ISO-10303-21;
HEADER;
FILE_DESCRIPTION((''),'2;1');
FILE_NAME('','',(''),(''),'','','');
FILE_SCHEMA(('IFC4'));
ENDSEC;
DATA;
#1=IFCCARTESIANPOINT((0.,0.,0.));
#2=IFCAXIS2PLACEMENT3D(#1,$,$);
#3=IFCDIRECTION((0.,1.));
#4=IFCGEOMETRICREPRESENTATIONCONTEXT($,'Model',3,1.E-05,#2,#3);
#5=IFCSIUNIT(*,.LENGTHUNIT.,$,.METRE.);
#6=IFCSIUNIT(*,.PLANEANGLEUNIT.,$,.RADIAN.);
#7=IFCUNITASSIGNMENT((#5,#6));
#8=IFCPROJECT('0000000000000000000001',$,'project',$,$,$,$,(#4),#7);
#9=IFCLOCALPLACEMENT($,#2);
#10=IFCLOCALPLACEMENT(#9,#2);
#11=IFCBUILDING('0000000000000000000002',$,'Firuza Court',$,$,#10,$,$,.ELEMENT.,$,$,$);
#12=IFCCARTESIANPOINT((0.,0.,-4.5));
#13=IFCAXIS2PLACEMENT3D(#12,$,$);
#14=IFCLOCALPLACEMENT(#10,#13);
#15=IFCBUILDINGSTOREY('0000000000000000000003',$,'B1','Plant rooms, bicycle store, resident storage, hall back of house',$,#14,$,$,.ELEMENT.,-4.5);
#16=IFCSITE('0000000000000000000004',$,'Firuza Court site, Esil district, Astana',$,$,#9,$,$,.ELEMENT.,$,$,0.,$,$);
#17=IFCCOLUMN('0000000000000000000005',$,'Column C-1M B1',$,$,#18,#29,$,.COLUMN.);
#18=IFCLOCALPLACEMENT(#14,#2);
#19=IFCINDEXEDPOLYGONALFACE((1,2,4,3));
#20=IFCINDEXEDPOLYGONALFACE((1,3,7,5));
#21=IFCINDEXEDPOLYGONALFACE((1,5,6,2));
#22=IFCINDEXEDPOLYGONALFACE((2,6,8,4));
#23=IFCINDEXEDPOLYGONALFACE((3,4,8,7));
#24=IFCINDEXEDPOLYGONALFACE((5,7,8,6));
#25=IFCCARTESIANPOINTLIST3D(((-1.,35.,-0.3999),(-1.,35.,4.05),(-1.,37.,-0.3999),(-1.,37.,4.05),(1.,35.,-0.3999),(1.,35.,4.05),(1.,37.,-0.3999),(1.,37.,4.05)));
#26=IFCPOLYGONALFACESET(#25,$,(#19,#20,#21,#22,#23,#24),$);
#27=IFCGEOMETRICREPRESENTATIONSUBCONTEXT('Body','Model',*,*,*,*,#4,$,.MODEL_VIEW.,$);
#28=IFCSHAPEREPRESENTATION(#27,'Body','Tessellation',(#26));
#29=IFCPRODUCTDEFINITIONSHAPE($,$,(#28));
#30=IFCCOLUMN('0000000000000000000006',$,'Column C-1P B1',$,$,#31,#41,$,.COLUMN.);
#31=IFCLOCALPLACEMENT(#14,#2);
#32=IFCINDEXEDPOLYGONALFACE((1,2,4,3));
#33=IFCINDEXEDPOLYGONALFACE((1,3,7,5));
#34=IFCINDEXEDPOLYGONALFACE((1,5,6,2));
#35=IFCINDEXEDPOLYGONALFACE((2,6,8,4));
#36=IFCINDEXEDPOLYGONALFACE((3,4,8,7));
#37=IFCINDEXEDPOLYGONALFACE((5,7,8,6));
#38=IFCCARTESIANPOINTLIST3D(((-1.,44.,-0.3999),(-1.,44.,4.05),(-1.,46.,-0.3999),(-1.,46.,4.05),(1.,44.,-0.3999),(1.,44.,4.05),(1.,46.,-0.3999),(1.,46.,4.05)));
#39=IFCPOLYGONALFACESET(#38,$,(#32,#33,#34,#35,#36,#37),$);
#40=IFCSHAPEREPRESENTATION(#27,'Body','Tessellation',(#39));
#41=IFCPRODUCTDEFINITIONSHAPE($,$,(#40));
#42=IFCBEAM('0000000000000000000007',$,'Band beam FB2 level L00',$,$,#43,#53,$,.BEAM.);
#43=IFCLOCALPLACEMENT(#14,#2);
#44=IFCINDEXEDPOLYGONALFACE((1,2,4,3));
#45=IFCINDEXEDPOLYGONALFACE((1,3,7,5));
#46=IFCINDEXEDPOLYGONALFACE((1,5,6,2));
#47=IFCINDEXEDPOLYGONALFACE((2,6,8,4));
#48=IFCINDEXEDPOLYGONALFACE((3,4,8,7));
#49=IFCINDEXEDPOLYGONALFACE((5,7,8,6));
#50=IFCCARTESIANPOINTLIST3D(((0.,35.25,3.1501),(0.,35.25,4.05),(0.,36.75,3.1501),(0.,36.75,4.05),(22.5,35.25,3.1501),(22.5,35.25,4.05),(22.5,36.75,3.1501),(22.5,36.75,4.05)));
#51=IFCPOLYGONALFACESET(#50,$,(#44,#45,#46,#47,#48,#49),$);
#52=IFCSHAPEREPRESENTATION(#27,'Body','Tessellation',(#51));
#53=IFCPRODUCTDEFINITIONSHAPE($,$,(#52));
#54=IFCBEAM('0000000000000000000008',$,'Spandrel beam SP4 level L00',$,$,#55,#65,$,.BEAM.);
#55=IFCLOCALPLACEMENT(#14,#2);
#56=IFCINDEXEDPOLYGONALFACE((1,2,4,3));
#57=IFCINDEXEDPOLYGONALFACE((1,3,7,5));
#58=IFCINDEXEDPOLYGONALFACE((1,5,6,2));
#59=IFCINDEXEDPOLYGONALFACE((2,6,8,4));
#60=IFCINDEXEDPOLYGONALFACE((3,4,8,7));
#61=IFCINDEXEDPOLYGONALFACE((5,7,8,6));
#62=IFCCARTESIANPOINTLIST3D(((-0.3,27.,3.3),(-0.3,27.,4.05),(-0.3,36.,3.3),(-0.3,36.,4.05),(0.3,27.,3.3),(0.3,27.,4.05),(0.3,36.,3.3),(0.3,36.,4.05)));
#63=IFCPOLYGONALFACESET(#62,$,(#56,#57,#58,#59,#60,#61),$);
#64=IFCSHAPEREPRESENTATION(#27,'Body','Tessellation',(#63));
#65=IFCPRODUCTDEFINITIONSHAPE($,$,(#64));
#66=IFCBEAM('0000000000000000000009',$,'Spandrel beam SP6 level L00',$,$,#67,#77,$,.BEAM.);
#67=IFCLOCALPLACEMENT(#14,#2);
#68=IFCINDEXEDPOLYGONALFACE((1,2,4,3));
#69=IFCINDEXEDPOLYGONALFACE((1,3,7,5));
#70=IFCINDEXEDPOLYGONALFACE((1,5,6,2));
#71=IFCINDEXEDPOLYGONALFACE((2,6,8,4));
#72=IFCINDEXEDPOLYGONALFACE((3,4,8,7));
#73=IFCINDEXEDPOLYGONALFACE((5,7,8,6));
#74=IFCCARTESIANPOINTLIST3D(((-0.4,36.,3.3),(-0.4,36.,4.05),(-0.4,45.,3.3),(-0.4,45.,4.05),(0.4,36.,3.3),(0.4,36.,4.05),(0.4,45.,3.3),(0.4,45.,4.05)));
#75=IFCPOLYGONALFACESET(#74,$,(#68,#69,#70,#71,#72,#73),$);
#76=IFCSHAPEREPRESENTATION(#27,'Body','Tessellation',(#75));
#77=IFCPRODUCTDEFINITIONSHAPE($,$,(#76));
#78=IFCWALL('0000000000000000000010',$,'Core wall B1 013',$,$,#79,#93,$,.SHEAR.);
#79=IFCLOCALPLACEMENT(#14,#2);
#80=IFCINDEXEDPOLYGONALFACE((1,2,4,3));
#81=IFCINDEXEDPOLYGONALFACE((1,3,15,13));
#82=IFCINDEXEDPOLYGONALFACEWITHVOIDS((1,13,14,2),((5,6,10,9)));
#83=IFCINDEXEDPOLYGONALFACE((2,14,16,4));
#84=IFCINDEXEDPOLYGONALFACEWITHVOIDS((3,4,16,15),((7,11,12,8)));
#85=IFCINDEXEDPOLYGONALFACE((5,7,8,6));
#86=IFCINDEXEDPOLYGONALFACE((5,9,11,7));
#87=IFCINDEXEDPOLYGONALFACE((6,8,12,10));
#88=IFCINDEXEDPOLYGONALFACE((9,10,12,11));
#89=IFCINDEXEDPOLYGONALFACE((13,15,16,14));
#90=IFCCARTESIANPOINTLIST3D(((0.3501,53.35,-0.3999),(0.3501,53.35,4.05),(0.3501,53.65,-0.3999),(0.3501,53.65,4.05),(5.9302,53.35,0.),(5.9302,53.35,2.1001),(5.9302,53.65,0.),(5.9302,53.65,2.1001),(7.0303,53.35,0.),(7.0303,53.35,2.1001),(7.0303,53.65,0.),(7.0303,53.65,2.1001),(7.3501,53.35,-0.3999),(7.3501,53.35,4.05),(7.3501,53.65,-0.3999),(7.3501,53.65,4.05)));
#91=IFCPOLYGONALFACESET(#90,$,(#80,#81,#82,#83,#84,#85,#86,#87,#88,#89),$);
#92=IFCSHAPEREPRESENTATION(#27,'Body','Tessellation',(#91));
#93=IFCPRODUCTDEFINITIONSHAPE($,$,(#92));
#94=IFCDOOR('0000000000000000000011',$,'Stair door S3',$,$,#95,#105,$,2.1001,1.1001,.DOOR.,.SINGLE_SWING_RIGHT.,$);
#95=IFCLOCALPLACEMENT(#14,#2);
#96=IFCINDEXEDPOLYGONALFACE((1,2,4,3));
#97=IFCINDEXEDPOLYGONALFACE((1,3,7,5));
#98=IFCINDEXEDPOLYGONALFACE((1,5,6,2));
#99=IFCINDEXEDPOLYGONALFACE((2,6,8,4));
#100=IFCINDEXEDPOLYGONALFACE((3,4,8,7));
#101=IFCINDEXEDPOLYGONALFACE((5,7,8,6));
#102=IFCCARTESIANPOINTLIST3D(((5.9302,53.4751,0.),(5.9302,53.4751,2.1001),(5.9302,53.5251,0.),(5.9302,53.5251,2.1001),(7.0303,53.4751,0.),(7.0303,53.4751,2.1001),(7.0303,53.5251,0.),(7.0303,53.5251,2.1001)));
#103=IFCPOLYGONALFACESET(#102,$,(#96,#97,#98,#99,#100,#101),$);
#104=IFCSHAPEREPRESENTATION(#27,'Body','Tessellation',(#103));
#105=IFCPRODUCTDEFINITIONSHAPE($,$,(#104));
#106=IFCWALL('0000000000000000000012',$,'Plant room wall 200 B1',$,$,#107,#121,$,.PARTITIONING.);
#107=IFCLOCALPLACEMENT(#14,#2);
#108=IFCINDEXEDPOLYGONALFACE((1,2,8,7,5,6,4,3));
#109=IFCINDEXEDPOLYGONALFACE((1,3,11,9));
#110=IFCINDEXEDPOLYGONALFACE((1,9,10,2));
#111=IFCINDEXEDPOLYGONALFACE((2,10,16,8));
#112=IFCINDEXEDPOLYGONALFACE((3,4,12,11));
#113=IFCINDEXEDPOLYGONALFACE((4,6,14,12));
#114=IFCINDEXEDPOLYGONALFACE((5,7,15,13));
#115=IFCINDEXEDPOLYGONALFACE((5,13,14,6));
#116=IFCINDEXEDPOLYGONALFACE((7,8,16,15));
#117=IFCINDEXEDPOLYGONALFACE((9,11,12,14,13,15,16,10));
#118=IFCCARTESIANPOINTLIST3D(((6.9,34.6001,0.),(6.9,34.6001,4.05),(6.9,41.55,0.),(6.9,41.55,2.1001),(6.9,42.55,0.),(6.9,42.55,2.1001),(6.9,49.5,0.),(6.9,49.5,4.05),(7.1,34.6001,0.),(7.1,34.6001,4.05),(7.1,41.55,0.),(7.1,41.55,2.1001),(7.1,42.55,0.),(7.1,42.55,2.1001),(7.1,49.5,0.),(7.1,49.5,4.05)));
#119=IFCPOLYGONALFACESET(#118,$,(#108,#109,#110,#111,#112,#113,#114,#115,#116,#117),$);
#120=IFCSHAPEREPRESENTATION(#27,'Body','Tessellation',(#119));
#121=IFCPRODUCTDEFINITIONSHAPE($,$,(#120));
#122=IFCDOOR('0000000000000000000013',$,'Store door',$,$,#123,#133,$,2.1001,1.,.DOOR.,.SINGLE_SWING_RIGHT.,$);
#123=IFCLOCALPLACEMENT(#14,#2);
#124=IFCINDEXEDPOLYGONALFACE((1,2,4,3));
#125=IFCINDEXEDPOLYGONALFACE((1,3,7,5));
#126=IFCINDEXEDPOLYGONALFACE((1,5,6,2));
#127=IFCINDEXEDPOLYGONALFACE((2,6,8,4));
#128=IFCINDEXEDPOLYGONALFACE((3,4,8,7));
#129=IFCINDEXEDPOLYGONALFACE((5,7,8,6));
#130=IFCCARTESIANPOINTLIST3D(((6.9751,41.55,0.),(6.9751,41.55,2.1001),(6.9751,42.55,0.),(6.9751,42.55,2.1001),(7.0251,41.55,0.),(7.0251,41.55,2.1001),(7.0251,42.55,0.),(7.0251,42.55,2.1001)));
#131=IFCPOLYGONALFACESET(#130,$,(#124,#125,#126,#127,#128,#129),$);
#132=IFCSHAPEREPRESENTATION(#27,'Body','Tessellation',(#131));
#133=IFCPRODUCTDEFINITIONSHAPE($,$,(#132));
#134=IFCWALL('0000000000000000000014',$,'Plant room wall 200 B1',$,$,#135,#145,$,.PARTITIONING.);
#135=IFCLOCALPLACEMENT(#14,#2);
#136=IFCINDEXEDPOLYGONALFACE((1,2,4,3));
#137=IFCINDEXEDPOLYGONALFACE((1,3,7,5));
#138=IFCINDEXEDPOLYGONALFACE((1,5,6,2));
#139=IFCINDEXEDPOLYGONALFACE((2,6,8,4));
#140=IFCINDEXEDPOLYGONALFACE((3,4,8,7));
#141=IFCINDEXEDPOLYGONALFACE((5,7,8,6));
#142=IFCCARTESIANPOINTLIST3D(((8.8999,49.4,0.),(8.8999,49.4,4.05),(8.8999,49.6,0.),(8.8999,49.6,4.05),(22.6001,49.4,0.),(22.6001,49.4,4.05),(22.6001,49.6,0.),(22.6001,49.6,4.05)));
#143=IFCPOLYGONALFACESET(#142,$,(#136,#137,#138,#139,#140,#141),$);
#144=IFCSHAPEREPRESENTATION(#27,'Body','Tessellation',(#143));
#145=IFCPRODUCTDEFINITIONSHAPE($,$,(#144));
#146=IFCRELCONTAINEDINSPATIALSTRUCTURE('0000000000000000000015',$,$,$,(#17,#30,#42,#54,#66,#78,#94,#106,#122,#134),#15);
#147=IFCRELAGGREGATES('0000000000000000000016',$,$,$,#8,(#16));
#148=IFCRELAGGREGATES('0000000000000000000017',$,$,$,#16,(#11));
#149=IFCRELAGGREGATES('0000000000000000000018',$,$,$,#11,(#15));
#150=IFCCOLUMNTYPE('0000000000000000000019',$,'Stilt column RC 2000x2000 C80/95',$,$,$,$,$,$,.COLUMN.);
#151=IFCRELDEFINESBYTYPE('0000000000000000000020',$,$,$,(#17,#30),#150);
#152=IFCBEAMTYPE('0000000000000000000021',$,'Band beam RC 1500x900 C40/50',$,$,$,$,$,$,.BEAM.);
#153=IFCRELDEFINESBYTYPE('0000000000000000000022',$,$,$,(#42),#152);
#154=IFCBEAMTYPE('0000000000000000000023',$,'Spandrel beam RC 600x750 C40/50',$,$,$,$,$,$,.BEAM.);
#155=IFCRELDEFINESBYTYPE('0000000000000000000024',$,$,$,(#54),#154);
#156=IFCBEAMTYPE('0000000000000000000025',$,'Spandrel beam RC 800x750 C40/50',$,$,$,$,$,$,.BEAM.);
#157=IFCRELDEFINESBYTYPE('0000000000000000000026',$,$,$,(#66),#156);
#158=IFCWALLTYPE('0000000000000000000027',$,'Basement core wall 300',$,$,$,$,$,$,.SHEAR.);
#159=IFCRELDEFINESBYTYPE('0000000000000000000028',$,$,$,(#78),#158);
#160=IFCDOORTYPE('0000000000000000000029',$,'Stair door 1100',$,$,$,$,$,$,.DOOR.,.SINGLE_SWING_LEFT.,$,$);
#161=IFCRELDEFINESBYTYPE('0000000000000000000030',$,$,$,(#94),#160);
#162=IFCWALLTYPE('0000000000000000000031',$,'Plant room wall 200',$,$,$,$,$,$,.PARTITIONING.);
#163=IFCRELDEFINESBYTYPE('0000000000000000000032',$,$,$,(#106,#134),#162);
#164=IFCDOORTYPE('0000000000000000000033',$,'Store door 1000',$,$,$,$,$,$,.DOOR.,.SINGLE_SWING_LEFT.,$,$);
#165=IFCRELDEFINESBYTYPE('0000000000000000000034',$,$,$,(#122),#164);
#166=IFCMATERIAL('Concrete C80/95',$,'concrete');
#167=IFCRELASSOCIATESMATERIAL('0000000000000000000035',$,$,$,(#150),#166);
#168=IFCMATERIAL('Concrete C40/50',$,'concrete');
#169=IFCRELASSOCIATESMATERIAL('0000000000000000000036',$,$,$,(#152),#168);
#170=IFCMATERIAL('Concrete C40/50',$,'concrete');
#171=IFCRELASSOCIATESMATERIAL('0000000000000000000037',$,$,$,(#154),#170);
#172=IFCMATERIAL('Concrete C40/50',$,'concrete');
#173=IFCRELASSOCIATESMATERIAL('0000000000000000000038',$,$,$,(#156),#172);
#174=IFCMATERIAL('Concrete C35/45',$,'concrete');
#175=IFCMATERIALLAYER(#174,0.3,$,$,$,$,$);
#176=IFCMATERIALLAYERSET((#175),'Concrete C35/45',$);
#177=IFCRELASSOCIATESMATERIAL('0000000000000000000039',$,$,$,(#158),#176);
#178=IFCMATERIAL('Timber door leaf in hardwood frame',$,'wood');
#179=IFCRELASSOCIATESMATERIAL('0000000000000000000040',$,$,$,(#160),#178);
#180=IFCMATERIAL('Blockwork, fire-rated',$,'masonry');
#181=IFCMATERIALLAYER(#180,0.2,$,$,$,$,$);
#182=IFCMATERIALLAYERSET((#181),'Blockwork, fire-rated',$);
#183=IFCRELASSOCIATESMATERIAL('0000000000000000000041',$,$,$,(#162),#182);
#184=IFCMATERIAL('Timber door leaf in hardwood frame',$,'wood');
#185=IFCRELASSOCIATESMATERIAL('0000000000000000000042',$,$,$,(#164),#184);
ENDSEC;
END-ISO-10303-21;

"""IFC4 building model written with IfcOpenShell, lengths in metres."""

from ifc_helpers import new_model, si_unit, direction, frame, frame_2d, origin, origin_2d, place, context, subcontext, project, spatial, rectangle, extrude, material, layer, layer_set, material_profile, profile_set, type_object, element, fill, save


model = new_model("IFC4")

# Units and contexts
model_context = context("Model", 3, precision=1e-05, world=origin(), true_north=direction((0.0, 1.0)))
body_context = subcontext(model_context, "Body", "Model", "MODEL_VIEW")
ifc_project = project(units=[si_unit("LENGTHUNIT", "METRE"), si_unit("PLANEANGLEUNIT", "RADIAN")], contexts=[model_context])

# Site, building, storey
site_placement = place(None, origin())
site = spatial("IfcSite", under=ifc_project, at=site_placement, Name="Firuza Court site, Esil district, Astana", CompositionType="ELEMENT", RefElevation=0.0)
building_placement = place(site_placement, origin())
building = spatial("IfcBuilding", under=site, at=building_placement, Name="Firuza Court", CompositionType="ELEMENT")
storey_placement = place(building_placement, frame((0.0, 0.0, -4.5)))
storey = spatial("IfcBuildingStorey", under=building, at=storey_placement, Name="B1", Description="Plant rooms, bicycle store, resident storage, hall back of house", CompositionType="ELEMENT", Elevation=-4.5)

# Columns
ifc_material_1 = material(Name="Concrete C80/95", Category="concrete")
ifc_material_profile_1 = material_profile(ifc_material_1, rectangle(XDim=2.0, YDim=2.0, at=origin_2d()), Name="RC 2000x2000")
ifc_profile_set_1 = profile_set([ifc_material_profile_1], Name="Concrete C80/95")
column_type = type_object("IfcColumnType", Name="Stilt column RC 2000x2000 C80/95", PredefinedType="COLUMN", material=ifc_profile_set_1)
for number, where, z_axis, x_axis, name in (
    (1, (0.0, 36.0, -0.3999), (0.0, 0.0, 1.0), (1.0, 0.0, 0.0), "Column C-1M B1"),
    (2, (0.0, 45.0, -0.3999), (0.0, 0.0, 1.0), (1.0, 0.0, 0.0), "Column C-1P B1"),
):
    element("IfcColumn", number, at=place(storey_placement, frame(where, z_axis=z_axis, x_axis=x_axis)), inside=storey, type_object=column_type, Name=name, PredefinedType="COLUMN", context=body_context, shape_type="SweptSolid", body=[
        extrude(rectangle(XDim=2.0, YDim=2.0, at=origin_2d()), origin(), (0.0, 0.0, 1.0), 4.45),
    ])

# Beams
ifc_material_2 = material(Name="Concrete C40/50", Category="concrete")
ifc_material_profile_2 = material_profile(ifc_material_2, rectangle(XDim=1.5, YDim=0.8999, at=origin_2d()), Name="RC 1500x900")
ifc_profile_set_2 = profile_set([ifc_material_profile_2], Name="Concrete C40/50")
beam_type_1 = type_object("IfcBeamType", Name="Band beam RC 1500x900 C40/50", PredefinedType="BEAM", material=ifc_profile_set_2)
beam_1_placement = place(storey_placement, frame((0.0, 36.0, 3.6001), z_axis=(1.0, 0.0, 0.0), x_axis=(0.0, 1.0, 0.0)))
element("IfcBeam", 3, at=beam_1_placement, inside=storey, type_object=beam_type_1, Name="Band beam FB2 level L00", PredefinedType="BEAM", context=body_context, shape_type="SweptSolid", body=[
    extrude(rectangle(XDim=1.5, YDim=0.8999, at=origin_2d()), origin(), (0.0, 0.0, 1.0), 22.5),
])
ifc_material_3 = material(Name="Concrete C40/50", Category="concrete")
ifc_material_profile_3 = material_profile(ifc_material_3, rectangle(XDim=0.6001, YDim=0.75, at=origin_2d()), Name="RC 600x750")
ifc_profile_set_3 = profile_set([ifc_material_profile_3], Name="Concrete C40/50")
beam_type_2 = type_object("IfcBeamType", Name="Spandrel beam RC 600x750 C40/50", PredefinedType="BEAM", material=ifc_profile_set_3)
beam_2_placement = place(storey_placement, frame((0.0, 36.0, 3.675), z_axis=(0.0, -1.0, 0.0), x_axis=(1.0, 0.0, 0.0)))
element("IfcBeam", 4, at=beam_2_placement, inside=storey, type_object=beam_type_2, Name="Spandrel beam SP4 level L00", PredefinedType="BEAM", context=body_context, shape_type="SweptSolid", body=[
    extrude(rectangle(XDim=0.6001, YDim=0.75, at=origin_2d()), origin(), (0.0, 0.0, 1.0), 9.0),
])
ifc_material_4 = material(Name="Concrete C40/50", Category="concrete")
ifc_material_profile_4 = material_profile(ifc_material_4, rectangle(XDim=0.8, YDim=0.75, at=origin_2d()), Name="RC 800x750")
ifc_profile_set_4 = profile_set([ifc_material_profile_4], Name="Concrete C40/50")
beam_type_3 = type_object("IfcBeamType", Name="Spandrel beam RC 800x750 C40/50", PredefinedType="BEAM", material=ifc_profile_set_4)
beam_3_placement = place(storey_placement, frame((0.0, 45.0, 3.675), z_axis=(0.0, -1.0, 0.0), x_axis=(1.0, 0.0, 0.0)))
element("IfcBeam", 5, at=beam_3_placement, inside=storey, type_object=beam_type_3, Name="Spandrel beam SP6 level L00", PredefinedType="BEAM", context=body_context, shape_type="SweptSolid", body=[
    extrude(rectangle(XDim=0.8, YDim=0.75, at=origin_2d()), origin(), (0.0, 0.0, 1.0), 9.0),
])

# Walls, openings, doors
ifc_material_5 = material(Name="Concrete C35/45", Category="concrete")
ifc_layer_1 = layer(ifc_material_5, 0.3)
ifc_layer_set_1 = layer_set([ifc_layer_1], Name="Concrete C35/45")
wall_type_1 = type_object("IfcWallType", Name="Basement core wall 300", PredefinedType="SHEAR", material=ifc_layer_set_1)
wall_1_placement = place(storey_placement, frame((0.3501, 53.5, -0.3999), z_axis=(0.0, 0.0, 1.0), x_axis=(1.0, 0.0, 0.0)))
wall_1 = element("IfcWall", 6, at=wall_1_placement, inside=storey, type_object=wall_type_1, Name="Core wall B1 013", PredefinedType="SHEAR", context=body_context, shape_type="SweptSolid", body=[
    extrude(rectangle(XDim=7.0, YDim=0.3, at=frame_2d((3.5, 0.0))), origin(), (0.0, 0.0, 1.0), 4.45),
])
opening_1_placement = place(wall_1_placement, frame((5.5801, 0.0, 0.3999)))
opening_1 = element("IfcOpeningElement", 7, at=opening_1_placement, cuts=wall_1, PredefinedType="OPENING", context=body_context, shape_type="SweptSolid", body=[
    extrude(rectangle(XDim=1.1001, YDim=2.1001, at=frame_2d((0.55, 1.05))), frame((0.0, 0.1621, 0.0), z_axis=(0.0, -1.0, 0.0), x_axis=(1.0, 0.0, 0.0)), (0.0, 0.0, 1.0), 0.324),
])
ifc_material_6 = material(Name="Timber door leaf in hardwood frame", Category="wood")
door_type_1 = type_object("IfcDoorType", Name="Stair door 1100", OperationType="SINGLE_SWING_LEFT", PredefinedType="DOOR", material=ifc_material_6)
door_1_placement = place(opening_1_placement, frame((1.1001, 0.0, 0.0), z_axis=(0.0, 0.0, 1.0), x_axis=(-1.0, 0.0, 0.0)))
door_1 = element("IfcDoor", 8, at=door_1_placement, inside=storey, type_object=door_type_1, Name="Stair door S3", OperationType="SINGLE_SWING_RIGHT", OverallHeight=2.1001, OverallWidth=1.1001, PredefinedType="DOOR", context=body_context, shape_type="SweptSolid", body=[
    extrude(rectangle(XDim=1.1001, YDim=2.1001, at=frame_2d((0.55, 1.05))), frame((0.0, 0.0249, 0.0), z_axis=(0.0, -1.0, 0.0), x_axis=(1.0, 0.0, 0.0)), (0.0, 0.0, 1.0), 0.05),
])
fill(opening_1, door_1)
ifc_material_7 = material(Name="Blockwork, fire-rated", Category="masonry")
ifc_layer_2 = layer(ifc_material_7, 0.2)
ifc_layer_set_2 = layer_set([ifc_layer_2], Name="Blockwork, fire-rated")
wall_type_2 = type_object("IfcWallType", Name="Plant room wall 200", PredefinedType="PARTITIONING", material=ifc_layer_set_2)
wall_2_placement = place(storey_placement, frame((7.0, 49.5, 0.0), z_axis=(0.0, 0.0, 1.0), x_axis=(0.0, -1.0, 0.0)))
wall_2 = element("IfcWall", 9, at=wall_2_placement, inside=storey, type_object=wall_type_2, Name="Plant room wall 200 B1", PredefinedType="PARTITIONING", context=body_context, shape_type="SweptSolid", body=[
    extrude(rectangle(XDim=14.8999, YDim=0.2, at=frame_2d((7.45, 0.0))), origin(), (0.0, 0.0, 1.0), 4.05),
])
opening_2_placement = place(wall_2_placement, frame((6.95, 0.0, 0.0)))
opening_2 = element("IfcOpeningElement", 10, at=opening_2_placement, cuts=wall_2, PredefinedType="OPENING", context=body_context, shape_type="SweptSolid", body=[
    extrude(rectangle(XDim=1.0, YDim=2.1001, at=frame_2d((0.5, 1.05))), frame((0.0, 0.1118, 0.0), z_axis=(0.0, -1.0, 0.0), x_axis=(1.0, 0.0, 0.0)), (0.0, 0.0, 1.0), 0.2239),
])
ifc_material_8 = material(Name="Timber door leaf in hardwood frame", Category="wood")
door_type_2 = type_object("IfcDoorType", Name="Store door 1000", OperationType="SINGLE_SWING_LEFT", PredefinedType="DOOR", material=ifc_material_8)
door_2_placement = place(opening_2_placement, frame((1.0, 0.0, 0.0), z_axis=(0.0, 0.0, 1.0), x_axis=(-1.0, 0.0, 0.0)))
door_2 = element("IfcDoor", 11, at=door_2_placement, inside=storey, type_object=door_type_2, Name="Store door", OperationType="SINGLE_SWING_RIGHT", OverallHeight=2.1001, OverallWidth=1.0, PredefinedType="DOOR", context=body_context, shape_type="SweptSolid", body=[
    extrude(rectangle(XDim=1.0, YDim=2.1001, at=frame_2d((0.5, 1.05))), frame((0.0, 0.0249, 0.0), z_axis=(0.0, -1.0, 0.0), x_axis=(1.0, 0.0, 0.0)), (0.0, 0.0, 1.0), 0.05),
])
fill(opening_2, door_2)

# Wall
wall_3_placement = place(storey_placement, frame((8.8999, 49.5, 0.0), z_axis=(0.0, 0.0, 1.0), x_axis=(1.0, 0.0, 0.0)))
element("IfcWall", 12, at=wall_3_placement, inside=storey, type_object=wall_type_2, Name="Plant room wall 200 B1", PredefinedType="PARTITIONING", context=body_context, shape_type="SweptSolid", body=[
    extrude(rectangle(XDim=13.7002, YDim=0.2, at=frame_2d((6.8501, 0.0))), origin(), (0.0, 0.0, 1.0), 4.05),
])

save(model, "model.ifc")
